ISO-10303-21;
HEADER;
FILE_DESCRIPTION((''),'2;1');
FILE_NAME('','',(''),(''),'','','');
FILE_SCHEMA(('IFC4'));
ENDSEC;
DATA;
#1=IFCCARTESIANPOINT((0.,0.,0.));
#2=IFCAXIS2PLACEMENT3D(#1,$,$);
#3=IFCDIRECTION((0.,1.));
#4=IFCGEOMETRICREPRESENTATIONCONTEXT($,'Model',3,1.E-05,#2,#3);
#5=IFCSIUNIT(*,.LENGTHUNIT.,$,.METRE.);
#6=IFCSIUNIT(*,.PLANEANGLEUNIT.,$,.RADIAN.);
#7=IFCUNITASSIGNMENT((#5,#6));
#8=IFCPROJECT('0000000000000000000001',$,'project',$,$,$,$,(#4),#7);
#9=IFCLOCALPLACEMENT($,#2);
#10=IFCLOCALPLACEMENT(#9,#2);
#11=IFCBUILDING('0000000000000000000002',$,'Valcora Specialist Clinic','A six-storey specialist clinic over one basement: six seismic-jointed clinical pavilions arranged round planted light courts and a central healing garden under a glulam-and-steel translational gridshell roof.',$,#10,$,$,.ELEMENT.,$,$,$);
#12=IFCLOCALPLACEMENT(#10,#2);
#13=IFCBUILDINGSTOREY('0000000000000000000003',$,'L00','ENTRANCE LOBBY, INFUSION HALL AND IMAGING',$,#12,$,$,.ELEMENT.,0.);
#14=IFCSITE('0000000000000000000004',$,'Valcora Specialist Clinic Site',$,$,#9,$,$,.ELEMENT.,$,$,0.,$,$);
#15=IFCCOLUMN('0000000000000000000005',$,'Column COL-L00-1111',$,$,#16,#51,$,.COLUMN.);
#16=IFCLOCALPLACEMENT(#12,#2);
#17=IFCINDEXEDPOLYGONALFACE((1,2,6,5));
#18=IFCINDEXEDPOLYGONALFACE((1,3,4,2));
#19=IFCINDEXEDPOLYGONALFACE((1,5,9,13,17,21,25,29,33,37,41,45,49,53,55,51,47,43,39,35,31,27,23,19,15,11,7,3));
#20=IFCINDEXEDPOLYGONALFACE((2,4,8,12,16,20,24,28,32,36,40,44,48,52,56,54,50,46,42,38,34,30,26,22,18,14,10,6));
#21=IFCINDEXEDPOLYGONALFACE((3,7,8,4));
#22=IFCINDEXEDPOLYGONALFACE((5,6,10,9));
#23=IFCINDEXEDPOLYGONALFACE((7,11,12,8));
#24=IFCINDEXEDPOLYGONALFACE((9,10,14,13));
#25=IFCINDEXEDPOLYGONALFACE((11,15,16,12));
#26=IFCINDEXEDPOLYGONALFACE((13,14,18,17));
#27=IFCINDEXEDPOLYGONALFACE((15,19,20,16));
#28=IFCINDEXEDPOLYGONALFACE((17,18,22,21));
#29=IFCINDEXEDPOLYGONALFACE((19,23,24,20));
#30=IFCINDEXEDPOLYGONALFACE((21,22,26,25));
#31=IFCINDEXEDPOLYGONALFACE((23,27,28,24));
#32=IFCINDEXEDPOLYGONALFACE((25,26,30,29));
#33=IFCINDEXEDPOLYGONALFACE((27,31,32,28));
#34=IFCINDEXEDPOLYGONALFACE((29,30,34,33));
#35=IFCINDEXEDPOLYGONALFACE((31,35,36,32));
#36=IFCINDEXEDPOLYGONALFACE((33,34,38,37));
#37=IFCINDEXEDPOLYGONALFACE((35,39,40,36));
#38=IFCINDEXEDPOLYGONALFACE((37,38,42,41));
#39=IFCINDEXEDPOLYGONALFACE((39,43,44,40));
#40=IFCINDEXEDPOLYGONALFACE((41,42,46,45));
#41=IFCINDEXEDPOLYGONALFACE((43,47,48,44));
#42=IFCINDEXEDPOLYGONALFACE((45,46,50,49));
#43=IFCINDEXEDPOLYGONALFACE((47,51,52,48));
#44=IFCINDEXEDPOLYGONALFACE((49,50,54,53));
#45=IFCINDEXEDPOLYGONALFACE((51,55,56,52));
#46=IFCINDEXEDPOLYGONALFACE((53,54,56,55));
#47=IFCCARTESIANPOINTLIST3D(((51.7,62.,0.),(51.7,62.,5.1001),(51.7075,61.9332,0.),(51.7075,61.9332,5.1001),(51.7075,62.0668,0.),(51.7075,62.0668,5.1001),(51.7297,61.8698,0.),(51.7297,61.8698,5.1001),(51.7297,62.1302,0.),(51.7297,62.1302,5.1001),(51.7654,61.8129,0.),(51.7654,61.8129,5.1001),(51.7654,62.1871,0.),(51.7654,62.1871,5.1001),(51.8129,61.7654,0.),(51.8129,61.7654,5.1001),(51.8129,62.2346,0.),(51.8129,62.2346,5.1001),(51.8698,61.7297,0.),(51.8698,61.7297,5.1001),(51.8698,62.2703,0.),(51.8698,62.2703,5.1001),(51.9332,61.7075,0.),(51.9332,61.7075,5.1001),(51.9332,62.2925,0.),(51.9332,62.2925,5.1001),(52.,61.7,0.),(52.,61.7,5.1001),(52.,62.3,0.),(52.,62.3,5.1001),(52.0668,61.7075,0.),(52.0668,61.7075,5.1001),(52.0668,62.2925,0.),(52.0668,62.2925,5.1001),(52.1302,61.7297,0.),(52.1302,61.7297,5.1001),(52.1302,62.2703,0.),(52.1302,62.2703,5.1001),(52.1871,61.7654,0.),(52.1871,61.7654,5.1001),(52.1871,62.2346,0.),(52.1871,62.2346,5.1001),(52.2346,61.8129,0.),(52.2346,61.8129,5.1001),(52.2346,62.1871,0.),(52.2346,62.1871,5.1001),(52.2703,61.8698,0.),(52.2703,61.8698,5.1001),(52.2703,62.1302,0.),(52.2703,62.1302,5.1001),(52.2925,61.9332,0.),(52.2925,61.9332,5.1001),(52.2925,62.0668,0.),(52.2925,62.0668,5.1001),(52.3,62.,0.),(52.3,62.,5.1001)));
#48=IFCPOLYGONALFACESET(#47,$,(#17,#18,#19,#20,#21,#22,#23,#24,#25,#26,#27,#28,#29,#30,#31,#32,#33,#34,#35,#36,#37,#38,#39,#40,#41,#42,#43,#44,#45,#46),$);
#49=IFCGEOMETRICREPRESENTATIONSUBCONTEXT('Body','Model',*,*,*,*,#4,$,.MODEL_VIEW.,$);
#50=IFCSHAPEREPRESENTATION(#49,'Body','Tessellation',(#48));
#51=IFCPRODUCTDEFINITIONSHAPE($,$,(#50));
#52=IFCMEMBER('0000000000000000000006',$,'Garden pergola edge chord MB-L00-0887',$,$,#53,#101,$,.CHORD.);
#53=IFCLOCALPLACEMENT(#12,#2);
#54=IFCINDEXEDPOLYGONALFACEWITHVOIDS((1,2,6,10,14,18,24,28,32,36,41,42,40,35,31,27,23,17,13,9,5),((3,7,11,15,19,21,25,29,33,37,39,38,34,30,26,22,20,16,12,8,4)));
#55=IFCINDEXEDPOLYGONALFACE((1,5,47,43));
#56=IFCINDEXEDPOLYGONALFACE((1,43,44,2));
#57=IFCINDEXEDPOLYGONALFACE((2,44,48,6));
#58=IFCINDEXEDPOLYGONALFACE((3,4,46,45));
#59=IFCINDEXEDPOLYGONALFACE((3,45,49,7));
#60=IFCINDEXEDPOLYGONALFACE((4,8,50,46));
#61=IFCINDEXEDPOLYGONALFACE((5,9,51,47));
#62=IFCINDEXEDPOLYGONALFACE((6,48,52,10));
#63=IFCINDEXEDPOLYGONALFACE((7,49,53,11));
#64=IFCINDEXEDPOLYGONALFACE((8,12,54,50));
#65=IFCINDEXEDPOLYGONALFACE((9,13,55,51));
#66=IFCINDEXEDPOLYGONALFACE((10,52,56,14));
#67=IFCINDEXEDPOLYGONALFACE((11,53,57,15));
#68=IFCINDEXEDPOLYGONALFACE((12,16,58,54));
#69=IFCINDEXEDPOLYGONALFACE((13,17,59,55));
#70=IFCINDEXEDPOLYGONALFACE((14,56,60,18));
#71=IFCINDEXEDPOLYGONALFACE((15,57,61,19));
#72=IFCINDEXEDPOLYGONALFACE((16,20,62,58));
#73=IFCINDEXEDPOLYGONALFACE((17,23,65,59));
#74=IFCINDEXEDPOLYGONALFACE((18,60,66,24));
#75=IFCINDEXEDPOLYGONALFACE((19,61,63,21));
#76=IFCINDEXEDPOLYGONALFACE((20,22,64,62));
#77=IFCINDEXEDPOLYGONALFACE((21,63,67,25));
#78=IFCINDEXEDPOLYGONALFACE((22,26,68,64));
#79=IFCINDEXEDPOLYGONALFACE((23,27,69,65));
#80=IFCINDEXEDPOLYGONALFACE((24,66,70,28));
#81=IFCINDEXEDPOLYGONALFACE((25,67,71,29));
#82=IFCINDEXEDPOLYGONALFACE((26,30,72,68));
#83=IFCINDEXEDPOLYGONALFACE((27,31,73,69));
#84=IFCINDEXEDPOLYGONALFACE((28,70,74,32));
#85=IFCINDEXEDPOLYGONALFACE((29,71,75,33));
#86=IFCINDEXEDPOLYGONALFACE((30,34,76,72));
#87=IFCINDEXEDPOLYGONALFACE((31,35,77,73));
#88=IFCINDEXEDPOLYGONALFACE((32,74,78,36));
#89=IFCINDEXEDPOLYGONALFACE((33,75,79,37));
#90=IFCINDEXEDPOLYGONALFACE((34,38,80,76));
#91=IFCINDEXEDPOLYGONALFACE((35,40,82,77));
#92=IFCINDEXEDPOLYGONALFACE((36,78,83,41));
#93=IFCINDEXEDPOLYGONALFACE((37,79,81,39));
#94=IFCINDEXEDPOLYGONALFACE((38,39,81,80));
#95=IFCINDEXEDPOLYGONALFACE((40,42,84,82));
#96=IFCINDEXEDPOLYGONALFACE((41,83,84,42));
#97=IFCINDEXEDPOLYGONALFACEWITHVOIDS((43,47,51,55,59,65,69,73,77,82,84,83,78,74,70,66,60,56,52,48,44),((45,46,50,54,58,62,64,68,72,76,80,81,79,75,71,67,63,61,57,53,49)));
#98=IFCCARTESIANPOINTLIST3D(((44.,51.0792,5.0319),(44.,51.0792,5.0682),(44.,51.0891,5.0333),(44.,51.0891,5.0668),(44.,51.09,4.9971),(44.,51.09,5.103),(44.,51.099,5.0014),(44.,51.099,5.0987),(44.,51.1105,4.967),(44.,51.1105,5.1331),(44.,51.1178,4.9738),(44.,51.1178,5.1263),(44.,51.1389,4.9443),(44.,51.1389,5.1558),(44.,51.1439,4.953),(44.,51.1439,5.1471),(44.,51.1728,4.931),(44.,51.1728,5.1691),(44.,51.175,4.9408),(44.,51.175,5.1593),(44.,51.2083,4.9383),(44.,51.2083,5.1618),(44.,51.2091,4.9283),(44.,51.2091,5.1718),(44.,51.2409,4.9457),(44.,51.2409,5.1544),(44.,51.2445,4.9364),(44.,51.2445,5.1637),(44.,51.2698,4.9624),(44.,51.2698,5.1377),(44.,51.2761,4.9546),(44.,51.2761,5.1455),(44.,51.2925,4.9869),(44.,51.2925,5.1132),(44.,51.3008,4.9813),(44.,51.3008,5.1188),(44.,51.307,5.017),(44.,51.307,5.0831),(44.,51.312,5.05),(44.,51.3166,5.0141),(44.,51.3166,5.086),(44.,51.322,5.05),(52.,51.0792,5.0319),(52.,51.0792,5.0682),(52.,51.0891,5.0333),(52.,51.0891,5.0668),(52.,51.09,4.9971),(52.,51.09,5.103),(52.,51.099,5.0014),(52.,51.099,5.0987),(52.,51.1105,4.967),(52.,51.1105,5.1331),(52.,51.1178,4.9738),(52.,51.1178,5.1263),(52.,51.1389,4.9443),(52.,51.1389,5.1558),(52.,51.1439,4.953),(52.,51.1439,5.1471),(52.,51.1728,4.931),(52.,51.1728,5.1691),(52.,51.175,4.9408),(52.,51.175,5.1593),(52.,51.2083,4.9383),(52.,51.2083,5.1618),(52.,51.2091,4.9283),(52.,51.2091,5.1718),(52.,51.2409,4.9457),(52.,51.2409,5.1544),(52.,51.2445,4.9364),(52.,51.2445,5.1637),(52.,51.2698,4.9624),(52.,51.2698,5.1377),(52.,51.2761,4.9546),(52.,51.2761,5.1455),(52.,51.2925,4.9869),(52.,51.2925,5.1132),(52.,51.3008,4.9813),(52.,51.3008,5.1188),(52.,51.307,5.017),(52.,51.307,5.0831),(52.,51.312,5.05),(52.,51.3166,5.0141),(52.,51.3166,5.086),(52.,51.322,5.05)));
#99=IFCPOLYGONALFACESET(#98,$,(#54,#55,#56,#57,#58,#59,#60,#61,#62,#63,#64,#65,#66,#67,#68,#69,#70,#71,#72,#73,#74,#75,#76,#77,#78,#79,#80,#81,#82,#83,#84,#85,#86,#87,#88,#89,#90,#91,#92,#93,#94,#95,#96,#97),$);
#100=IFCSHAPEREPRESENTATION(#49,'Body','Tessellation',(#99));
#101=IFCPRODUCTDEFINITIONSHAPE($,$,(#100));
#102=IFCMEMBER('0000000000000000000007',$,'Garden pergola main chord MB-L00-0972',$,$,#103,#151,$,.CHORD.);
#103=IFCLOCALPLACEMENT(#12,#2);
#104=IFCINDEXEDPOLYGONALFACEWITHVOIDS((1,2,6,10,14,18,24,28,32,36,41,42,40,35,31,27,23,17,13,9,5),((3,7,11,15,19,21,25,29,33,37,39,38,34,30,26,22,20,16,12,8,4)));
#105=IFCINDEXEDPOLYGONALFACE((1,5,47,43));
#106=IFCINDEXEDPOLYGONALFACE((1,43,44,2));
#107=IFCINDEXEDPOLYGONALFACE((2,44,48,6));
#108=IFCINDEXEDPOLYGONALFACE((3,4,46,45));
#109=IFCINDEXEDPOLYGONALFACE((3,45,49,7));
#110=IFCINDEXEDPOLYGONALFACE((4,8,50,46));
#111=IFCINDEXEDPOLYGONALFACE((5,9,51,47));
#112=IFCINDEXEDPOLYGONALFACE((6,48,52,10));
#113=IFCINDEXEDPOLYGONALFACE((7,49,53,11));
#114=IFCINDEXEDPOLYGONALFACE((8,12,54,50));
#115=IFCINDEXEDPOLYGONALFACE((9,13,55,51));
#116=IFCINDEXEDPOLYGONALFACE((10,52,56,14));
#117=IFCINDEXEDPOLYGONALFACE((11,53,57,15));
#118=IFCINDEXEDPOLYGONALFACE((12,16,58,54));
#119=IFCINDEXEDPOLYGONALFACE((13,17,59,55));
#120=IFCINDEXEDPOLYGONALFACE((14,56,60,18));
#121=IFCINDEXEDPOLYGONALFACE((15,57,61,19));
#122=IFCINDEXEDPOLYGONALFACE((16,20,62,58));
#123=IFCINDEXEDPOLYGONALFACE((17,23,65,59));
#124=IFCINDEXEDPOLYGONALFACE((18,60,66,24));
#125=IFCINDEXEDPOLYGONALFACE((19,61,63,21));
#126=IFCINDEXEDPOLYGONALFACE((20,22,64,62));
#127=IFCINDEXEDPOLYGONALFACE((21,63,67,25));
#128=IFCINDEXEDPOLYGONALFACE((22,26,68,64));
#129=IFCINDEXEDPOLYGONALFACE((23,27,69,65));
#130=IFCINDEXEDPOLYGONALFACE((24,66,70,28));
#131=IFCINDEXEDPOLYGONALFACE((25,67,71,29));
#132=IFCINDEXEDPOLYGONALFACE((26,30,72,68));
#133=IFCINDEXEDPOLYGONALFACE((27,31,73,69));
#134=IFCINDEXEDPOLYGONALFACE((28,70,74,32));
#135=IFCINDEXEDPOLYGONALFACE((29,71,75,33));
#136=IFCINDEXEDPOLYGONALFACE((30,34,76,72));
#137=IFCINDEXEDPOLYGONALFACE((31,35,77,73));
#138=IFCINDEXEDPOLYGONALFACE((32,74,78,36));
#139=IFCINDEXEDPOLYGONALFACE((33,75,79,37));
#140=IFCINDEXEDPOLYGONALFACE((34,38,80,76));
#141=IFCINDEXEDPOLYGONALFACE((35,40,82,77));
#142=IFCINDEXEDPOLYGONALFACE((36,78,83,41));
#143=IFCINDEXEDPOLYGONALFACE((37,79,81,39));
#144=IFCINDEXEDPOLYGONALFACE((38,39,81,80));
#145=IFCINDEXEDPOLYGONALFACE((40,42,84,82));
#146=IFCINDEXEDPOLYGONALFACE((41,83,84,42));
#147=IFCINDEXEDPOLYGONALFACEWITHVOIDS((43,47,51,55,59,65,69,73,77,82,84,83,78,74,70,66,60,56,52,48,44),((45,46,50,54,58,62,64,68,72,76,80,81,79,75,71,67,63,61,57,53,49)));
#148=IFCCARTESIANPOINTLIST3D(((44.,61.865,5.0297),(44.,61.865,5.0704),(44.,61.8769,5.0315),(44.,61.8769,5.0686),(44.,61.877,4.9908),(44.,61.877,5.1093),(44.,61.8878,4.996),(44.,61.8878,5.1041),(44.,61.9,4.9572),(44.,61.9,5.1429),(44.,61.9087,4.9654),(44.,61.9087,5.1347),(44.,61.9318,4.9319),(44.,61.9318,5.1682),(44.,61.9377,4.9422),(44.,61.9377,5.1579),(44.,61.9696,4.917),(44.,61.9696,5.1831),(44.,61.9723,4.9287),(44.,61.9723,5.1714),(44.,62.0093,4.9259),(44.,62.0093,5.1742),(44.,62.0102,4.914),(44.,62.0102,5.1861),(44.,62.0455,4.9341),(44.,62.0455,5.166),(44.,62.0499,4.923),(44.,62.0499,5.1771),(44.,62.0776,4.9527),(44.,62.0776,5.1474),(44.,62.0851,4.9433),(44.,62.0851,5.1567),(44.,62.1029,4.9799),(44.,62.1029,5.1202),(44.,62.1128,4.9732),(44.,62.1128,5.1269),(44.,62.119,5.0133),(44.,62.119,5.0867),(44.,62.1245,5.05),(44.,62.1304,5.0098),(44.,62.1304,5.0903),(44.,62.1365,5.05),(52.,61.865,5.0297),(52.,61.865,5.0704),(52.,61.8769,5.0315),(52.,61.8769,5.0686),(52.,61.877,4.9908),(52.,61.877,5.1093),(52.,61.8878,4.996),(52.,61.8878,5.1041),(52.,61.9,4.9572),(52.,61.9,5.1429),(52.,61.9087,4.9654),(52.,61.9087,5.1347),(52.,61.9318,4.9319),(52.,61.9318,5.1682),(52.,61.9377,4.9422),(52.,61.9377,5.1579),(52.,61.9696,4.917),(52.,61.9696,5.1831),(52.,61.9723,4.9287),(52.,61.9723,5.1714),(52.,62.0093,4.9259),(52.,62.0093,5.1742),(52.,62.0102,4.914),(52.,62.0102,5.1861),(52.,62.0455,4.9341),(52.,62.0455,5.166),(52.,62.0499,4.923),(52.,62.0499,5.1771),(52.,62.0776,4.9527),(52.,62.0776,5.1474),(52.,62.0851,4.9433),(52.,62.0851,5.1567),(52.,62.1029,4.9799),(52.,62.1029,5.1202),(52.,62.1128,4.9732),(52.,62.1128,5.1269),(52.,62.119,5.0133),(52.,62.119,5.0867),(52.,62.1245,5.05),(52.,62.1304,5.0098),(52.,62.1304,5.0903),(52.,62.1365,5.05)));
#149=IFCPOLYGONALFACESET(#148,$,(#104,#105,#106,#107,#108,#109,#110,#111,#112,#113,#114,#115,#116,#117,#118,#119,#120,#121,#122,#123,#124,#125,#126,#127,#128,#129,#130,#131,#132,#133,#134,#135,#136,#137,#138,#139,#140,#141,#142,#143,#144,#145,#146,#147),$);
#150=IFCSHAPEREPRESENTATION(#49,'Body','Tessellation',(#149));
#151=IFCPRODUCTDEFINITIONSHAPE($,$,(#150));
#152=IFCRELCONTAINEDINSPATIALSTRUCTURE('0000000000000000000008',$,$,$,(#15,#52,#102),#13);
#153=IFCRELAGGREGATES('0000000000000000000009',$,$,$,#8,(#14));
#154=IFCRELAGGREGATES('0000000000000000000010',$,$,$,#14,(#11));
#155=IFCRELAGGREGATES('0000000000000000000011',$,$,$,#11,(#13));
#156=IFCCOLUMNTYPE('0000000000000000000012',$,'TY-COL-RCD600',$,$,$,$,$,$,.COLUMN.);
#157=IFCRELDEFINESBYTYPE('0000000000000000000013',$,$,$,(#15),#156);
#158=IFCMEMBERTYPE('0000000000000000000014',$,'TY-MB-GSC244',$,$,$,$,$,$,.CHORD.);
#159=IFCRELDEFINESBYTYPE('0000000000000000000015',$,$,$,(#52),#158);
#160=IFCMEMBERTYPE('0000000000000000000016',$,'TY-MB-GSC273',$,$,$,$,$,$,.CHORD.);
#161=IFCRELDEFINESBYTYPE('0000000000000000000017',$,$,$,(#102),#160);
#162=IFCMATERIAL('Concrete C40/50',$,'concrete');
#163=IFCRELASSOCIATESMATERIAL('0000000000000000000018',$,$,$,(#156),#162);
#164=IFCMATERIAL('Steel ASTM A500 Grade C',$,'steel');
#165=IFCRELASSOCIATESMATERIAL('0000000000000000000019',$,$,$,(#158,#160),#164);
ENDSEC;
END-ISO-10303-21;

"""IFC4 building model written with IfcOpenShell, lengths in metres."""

from ifc_helpers import new_model, si_unit, direction, frame, origin, origin_2d, place, context, subcontext, project, spatial, circle, hollow_circle, extrude, material, material_profile, profile_set, type_object, element, save


model = new_model("IFC4")

# Units and contexts
model_context = context("Model", 3, precision=1e-05, world=origin(), true_north=direction((0.0, 1.0)))
body_context = subcontext(model_context, "Body", "Model", "MODEL_VIEW")
ifc_project = project(units=[si_unit("LENGTHUNIT", "METRE"), si_unit("PLANEANGLEUNIT", "RADIAN")], contexts=[model_context])

# Site, building, storey
site_placement = place(None, origin())
site = spatial("IfcSite", under=ifc_project, at=site_placement, Name="Valcora Specialist Clinic Site", CompositionType="ELEMENT", RefElevation=0.0)
building_placement = place(site_placement, origin())
building = spatial("IfcBuilding", under=site, at=building_placement, Name="Valcora Specialist Clinic", Description="A six-storey specialist clinic over one basement: six seismic-jointed clinical pavilions arranged round planted light courts and a central healing garden under a glulam-and-steel translational gridshell roof.", CompositionType="ELEMENT")
storey_placement = place(building_placement, origin())
storey = spatial("IfcBuildingStorey", under=building, at=storey_placement, Name="L00", Description="ENTRANCE LOBBY, INFUSION HALL AND IMAGING", CompositionType="ELEMENT", Elevation=0.0)

# Column
ifc_material_1 = material(Name="Steel ASTM A500 Grade C", Category="steel")
ifc_material_2 = material(Name="Concrete C40/50", Category="concrete")
ifc_material_profile_1 = material_profile(ifc_material_2, circle(Radius=0.3, at=origin_2d()), Name="RC-COL-D600")
ifc_profile_set_1 = profile_set([ifc_material_profile_1], Name="Concrete C40/50")
column_type_1 = type_object("IfcColumnType", Name="TY-COL-RCD600", PredefinedType="COLUMN", material=ifc_profile_set_1)
for number, where, z_axis, x_axis, name in (
    (1, (52.0, 62.0, 0.0), (0.0, 0.0, 1.0), (1.0, 0.0, 0.0), "Column COL-L00-1111"),
):
    element("IfcColumn", number, at=place(storey_placement, frame(where, z_axis=z_axis, x_axis=x_axis)), inside=storey, type_object=column_type_1, Name=name, PredefinedType="COLUMN", context=body_context, shape_type="SweptSolid", body=[
        extrude(circle(Radius=0.3, at=origin_2d()), origin(), (0.0, 0.0, 1.0), 5.1001),
    ])

# Members
ifc_material_profile_2 = material_profile(ifc_material_1, hollow_circle(Radius=0.1221, WallThickness=0.01, at=origin_2d()), Name="ST-CHS-244X10")
ifc_profile_set_2 = profile_set([ifc_material_profile_2], Name="Steel ASTM A500 Grade C")
member_type_1 = type_object("IfcMemberType", Name="TY-MB-GSC244", PredefinedType="CHORD", material=ifc_profile_set_2)
member_1_placement = place(storey_placement, frame((44.0, 51.2, 5.05), z_axis=(1.0, 0.0, 0.0), x_axis=(0.0, 1.0, 0.0)))
element("IfcMember", 2, at=member_1_placement, inside=storey, type_object=member_type_1, Name="Garden pergola edge chord MB-L00-0887", PredefinedType="CHORD", context=body_context, shape_type="SweptSolid", body=[
    extrude(hollow_circle(Radius=0.1221, WallThickness=0.01, at=origin_2d()), origin(), (0.0, 0.0, 1.0), 8.0),
])
ifc_material_profile_3 = material_profile(ifc_material_1, hollow_circle(Radius=0.1365, WallThickness=0.012, at=origin_2d()), Name="ST-CHS-273X12")
ifc_profile_set_3 = profile_set([ifc_material_profile_3], Name="Steel ASTM A500 Grade C")
member_type_2 = type_object("IfcMemberType", Name="TY-MB-GSC273", PredefinedType="CHORD", material=ifc_profile_set_3)
member_2_placement = place(storey_placement, frame((44.0, 62.0, 5.05), z_axis=(1.0, 0.0, 0.0), x_axis=(0.0, 1.0, 0.0)))
element("IfcMember", 3, at=member_2_placement, inside=storey, type_object=member_type_2, Name="Garden pergola main chord MB-L00-0972", PredefinedType="CHORD", context=body_context, shape_type="SweptSolid", body=[
    extrude(hollow_circle(Radius=0.1365, WallThickness=0.012, at=origin_2d()), origin(), (0.0, 0.0, 1.0), 8.0),
])

save(model, "model.ifc")
